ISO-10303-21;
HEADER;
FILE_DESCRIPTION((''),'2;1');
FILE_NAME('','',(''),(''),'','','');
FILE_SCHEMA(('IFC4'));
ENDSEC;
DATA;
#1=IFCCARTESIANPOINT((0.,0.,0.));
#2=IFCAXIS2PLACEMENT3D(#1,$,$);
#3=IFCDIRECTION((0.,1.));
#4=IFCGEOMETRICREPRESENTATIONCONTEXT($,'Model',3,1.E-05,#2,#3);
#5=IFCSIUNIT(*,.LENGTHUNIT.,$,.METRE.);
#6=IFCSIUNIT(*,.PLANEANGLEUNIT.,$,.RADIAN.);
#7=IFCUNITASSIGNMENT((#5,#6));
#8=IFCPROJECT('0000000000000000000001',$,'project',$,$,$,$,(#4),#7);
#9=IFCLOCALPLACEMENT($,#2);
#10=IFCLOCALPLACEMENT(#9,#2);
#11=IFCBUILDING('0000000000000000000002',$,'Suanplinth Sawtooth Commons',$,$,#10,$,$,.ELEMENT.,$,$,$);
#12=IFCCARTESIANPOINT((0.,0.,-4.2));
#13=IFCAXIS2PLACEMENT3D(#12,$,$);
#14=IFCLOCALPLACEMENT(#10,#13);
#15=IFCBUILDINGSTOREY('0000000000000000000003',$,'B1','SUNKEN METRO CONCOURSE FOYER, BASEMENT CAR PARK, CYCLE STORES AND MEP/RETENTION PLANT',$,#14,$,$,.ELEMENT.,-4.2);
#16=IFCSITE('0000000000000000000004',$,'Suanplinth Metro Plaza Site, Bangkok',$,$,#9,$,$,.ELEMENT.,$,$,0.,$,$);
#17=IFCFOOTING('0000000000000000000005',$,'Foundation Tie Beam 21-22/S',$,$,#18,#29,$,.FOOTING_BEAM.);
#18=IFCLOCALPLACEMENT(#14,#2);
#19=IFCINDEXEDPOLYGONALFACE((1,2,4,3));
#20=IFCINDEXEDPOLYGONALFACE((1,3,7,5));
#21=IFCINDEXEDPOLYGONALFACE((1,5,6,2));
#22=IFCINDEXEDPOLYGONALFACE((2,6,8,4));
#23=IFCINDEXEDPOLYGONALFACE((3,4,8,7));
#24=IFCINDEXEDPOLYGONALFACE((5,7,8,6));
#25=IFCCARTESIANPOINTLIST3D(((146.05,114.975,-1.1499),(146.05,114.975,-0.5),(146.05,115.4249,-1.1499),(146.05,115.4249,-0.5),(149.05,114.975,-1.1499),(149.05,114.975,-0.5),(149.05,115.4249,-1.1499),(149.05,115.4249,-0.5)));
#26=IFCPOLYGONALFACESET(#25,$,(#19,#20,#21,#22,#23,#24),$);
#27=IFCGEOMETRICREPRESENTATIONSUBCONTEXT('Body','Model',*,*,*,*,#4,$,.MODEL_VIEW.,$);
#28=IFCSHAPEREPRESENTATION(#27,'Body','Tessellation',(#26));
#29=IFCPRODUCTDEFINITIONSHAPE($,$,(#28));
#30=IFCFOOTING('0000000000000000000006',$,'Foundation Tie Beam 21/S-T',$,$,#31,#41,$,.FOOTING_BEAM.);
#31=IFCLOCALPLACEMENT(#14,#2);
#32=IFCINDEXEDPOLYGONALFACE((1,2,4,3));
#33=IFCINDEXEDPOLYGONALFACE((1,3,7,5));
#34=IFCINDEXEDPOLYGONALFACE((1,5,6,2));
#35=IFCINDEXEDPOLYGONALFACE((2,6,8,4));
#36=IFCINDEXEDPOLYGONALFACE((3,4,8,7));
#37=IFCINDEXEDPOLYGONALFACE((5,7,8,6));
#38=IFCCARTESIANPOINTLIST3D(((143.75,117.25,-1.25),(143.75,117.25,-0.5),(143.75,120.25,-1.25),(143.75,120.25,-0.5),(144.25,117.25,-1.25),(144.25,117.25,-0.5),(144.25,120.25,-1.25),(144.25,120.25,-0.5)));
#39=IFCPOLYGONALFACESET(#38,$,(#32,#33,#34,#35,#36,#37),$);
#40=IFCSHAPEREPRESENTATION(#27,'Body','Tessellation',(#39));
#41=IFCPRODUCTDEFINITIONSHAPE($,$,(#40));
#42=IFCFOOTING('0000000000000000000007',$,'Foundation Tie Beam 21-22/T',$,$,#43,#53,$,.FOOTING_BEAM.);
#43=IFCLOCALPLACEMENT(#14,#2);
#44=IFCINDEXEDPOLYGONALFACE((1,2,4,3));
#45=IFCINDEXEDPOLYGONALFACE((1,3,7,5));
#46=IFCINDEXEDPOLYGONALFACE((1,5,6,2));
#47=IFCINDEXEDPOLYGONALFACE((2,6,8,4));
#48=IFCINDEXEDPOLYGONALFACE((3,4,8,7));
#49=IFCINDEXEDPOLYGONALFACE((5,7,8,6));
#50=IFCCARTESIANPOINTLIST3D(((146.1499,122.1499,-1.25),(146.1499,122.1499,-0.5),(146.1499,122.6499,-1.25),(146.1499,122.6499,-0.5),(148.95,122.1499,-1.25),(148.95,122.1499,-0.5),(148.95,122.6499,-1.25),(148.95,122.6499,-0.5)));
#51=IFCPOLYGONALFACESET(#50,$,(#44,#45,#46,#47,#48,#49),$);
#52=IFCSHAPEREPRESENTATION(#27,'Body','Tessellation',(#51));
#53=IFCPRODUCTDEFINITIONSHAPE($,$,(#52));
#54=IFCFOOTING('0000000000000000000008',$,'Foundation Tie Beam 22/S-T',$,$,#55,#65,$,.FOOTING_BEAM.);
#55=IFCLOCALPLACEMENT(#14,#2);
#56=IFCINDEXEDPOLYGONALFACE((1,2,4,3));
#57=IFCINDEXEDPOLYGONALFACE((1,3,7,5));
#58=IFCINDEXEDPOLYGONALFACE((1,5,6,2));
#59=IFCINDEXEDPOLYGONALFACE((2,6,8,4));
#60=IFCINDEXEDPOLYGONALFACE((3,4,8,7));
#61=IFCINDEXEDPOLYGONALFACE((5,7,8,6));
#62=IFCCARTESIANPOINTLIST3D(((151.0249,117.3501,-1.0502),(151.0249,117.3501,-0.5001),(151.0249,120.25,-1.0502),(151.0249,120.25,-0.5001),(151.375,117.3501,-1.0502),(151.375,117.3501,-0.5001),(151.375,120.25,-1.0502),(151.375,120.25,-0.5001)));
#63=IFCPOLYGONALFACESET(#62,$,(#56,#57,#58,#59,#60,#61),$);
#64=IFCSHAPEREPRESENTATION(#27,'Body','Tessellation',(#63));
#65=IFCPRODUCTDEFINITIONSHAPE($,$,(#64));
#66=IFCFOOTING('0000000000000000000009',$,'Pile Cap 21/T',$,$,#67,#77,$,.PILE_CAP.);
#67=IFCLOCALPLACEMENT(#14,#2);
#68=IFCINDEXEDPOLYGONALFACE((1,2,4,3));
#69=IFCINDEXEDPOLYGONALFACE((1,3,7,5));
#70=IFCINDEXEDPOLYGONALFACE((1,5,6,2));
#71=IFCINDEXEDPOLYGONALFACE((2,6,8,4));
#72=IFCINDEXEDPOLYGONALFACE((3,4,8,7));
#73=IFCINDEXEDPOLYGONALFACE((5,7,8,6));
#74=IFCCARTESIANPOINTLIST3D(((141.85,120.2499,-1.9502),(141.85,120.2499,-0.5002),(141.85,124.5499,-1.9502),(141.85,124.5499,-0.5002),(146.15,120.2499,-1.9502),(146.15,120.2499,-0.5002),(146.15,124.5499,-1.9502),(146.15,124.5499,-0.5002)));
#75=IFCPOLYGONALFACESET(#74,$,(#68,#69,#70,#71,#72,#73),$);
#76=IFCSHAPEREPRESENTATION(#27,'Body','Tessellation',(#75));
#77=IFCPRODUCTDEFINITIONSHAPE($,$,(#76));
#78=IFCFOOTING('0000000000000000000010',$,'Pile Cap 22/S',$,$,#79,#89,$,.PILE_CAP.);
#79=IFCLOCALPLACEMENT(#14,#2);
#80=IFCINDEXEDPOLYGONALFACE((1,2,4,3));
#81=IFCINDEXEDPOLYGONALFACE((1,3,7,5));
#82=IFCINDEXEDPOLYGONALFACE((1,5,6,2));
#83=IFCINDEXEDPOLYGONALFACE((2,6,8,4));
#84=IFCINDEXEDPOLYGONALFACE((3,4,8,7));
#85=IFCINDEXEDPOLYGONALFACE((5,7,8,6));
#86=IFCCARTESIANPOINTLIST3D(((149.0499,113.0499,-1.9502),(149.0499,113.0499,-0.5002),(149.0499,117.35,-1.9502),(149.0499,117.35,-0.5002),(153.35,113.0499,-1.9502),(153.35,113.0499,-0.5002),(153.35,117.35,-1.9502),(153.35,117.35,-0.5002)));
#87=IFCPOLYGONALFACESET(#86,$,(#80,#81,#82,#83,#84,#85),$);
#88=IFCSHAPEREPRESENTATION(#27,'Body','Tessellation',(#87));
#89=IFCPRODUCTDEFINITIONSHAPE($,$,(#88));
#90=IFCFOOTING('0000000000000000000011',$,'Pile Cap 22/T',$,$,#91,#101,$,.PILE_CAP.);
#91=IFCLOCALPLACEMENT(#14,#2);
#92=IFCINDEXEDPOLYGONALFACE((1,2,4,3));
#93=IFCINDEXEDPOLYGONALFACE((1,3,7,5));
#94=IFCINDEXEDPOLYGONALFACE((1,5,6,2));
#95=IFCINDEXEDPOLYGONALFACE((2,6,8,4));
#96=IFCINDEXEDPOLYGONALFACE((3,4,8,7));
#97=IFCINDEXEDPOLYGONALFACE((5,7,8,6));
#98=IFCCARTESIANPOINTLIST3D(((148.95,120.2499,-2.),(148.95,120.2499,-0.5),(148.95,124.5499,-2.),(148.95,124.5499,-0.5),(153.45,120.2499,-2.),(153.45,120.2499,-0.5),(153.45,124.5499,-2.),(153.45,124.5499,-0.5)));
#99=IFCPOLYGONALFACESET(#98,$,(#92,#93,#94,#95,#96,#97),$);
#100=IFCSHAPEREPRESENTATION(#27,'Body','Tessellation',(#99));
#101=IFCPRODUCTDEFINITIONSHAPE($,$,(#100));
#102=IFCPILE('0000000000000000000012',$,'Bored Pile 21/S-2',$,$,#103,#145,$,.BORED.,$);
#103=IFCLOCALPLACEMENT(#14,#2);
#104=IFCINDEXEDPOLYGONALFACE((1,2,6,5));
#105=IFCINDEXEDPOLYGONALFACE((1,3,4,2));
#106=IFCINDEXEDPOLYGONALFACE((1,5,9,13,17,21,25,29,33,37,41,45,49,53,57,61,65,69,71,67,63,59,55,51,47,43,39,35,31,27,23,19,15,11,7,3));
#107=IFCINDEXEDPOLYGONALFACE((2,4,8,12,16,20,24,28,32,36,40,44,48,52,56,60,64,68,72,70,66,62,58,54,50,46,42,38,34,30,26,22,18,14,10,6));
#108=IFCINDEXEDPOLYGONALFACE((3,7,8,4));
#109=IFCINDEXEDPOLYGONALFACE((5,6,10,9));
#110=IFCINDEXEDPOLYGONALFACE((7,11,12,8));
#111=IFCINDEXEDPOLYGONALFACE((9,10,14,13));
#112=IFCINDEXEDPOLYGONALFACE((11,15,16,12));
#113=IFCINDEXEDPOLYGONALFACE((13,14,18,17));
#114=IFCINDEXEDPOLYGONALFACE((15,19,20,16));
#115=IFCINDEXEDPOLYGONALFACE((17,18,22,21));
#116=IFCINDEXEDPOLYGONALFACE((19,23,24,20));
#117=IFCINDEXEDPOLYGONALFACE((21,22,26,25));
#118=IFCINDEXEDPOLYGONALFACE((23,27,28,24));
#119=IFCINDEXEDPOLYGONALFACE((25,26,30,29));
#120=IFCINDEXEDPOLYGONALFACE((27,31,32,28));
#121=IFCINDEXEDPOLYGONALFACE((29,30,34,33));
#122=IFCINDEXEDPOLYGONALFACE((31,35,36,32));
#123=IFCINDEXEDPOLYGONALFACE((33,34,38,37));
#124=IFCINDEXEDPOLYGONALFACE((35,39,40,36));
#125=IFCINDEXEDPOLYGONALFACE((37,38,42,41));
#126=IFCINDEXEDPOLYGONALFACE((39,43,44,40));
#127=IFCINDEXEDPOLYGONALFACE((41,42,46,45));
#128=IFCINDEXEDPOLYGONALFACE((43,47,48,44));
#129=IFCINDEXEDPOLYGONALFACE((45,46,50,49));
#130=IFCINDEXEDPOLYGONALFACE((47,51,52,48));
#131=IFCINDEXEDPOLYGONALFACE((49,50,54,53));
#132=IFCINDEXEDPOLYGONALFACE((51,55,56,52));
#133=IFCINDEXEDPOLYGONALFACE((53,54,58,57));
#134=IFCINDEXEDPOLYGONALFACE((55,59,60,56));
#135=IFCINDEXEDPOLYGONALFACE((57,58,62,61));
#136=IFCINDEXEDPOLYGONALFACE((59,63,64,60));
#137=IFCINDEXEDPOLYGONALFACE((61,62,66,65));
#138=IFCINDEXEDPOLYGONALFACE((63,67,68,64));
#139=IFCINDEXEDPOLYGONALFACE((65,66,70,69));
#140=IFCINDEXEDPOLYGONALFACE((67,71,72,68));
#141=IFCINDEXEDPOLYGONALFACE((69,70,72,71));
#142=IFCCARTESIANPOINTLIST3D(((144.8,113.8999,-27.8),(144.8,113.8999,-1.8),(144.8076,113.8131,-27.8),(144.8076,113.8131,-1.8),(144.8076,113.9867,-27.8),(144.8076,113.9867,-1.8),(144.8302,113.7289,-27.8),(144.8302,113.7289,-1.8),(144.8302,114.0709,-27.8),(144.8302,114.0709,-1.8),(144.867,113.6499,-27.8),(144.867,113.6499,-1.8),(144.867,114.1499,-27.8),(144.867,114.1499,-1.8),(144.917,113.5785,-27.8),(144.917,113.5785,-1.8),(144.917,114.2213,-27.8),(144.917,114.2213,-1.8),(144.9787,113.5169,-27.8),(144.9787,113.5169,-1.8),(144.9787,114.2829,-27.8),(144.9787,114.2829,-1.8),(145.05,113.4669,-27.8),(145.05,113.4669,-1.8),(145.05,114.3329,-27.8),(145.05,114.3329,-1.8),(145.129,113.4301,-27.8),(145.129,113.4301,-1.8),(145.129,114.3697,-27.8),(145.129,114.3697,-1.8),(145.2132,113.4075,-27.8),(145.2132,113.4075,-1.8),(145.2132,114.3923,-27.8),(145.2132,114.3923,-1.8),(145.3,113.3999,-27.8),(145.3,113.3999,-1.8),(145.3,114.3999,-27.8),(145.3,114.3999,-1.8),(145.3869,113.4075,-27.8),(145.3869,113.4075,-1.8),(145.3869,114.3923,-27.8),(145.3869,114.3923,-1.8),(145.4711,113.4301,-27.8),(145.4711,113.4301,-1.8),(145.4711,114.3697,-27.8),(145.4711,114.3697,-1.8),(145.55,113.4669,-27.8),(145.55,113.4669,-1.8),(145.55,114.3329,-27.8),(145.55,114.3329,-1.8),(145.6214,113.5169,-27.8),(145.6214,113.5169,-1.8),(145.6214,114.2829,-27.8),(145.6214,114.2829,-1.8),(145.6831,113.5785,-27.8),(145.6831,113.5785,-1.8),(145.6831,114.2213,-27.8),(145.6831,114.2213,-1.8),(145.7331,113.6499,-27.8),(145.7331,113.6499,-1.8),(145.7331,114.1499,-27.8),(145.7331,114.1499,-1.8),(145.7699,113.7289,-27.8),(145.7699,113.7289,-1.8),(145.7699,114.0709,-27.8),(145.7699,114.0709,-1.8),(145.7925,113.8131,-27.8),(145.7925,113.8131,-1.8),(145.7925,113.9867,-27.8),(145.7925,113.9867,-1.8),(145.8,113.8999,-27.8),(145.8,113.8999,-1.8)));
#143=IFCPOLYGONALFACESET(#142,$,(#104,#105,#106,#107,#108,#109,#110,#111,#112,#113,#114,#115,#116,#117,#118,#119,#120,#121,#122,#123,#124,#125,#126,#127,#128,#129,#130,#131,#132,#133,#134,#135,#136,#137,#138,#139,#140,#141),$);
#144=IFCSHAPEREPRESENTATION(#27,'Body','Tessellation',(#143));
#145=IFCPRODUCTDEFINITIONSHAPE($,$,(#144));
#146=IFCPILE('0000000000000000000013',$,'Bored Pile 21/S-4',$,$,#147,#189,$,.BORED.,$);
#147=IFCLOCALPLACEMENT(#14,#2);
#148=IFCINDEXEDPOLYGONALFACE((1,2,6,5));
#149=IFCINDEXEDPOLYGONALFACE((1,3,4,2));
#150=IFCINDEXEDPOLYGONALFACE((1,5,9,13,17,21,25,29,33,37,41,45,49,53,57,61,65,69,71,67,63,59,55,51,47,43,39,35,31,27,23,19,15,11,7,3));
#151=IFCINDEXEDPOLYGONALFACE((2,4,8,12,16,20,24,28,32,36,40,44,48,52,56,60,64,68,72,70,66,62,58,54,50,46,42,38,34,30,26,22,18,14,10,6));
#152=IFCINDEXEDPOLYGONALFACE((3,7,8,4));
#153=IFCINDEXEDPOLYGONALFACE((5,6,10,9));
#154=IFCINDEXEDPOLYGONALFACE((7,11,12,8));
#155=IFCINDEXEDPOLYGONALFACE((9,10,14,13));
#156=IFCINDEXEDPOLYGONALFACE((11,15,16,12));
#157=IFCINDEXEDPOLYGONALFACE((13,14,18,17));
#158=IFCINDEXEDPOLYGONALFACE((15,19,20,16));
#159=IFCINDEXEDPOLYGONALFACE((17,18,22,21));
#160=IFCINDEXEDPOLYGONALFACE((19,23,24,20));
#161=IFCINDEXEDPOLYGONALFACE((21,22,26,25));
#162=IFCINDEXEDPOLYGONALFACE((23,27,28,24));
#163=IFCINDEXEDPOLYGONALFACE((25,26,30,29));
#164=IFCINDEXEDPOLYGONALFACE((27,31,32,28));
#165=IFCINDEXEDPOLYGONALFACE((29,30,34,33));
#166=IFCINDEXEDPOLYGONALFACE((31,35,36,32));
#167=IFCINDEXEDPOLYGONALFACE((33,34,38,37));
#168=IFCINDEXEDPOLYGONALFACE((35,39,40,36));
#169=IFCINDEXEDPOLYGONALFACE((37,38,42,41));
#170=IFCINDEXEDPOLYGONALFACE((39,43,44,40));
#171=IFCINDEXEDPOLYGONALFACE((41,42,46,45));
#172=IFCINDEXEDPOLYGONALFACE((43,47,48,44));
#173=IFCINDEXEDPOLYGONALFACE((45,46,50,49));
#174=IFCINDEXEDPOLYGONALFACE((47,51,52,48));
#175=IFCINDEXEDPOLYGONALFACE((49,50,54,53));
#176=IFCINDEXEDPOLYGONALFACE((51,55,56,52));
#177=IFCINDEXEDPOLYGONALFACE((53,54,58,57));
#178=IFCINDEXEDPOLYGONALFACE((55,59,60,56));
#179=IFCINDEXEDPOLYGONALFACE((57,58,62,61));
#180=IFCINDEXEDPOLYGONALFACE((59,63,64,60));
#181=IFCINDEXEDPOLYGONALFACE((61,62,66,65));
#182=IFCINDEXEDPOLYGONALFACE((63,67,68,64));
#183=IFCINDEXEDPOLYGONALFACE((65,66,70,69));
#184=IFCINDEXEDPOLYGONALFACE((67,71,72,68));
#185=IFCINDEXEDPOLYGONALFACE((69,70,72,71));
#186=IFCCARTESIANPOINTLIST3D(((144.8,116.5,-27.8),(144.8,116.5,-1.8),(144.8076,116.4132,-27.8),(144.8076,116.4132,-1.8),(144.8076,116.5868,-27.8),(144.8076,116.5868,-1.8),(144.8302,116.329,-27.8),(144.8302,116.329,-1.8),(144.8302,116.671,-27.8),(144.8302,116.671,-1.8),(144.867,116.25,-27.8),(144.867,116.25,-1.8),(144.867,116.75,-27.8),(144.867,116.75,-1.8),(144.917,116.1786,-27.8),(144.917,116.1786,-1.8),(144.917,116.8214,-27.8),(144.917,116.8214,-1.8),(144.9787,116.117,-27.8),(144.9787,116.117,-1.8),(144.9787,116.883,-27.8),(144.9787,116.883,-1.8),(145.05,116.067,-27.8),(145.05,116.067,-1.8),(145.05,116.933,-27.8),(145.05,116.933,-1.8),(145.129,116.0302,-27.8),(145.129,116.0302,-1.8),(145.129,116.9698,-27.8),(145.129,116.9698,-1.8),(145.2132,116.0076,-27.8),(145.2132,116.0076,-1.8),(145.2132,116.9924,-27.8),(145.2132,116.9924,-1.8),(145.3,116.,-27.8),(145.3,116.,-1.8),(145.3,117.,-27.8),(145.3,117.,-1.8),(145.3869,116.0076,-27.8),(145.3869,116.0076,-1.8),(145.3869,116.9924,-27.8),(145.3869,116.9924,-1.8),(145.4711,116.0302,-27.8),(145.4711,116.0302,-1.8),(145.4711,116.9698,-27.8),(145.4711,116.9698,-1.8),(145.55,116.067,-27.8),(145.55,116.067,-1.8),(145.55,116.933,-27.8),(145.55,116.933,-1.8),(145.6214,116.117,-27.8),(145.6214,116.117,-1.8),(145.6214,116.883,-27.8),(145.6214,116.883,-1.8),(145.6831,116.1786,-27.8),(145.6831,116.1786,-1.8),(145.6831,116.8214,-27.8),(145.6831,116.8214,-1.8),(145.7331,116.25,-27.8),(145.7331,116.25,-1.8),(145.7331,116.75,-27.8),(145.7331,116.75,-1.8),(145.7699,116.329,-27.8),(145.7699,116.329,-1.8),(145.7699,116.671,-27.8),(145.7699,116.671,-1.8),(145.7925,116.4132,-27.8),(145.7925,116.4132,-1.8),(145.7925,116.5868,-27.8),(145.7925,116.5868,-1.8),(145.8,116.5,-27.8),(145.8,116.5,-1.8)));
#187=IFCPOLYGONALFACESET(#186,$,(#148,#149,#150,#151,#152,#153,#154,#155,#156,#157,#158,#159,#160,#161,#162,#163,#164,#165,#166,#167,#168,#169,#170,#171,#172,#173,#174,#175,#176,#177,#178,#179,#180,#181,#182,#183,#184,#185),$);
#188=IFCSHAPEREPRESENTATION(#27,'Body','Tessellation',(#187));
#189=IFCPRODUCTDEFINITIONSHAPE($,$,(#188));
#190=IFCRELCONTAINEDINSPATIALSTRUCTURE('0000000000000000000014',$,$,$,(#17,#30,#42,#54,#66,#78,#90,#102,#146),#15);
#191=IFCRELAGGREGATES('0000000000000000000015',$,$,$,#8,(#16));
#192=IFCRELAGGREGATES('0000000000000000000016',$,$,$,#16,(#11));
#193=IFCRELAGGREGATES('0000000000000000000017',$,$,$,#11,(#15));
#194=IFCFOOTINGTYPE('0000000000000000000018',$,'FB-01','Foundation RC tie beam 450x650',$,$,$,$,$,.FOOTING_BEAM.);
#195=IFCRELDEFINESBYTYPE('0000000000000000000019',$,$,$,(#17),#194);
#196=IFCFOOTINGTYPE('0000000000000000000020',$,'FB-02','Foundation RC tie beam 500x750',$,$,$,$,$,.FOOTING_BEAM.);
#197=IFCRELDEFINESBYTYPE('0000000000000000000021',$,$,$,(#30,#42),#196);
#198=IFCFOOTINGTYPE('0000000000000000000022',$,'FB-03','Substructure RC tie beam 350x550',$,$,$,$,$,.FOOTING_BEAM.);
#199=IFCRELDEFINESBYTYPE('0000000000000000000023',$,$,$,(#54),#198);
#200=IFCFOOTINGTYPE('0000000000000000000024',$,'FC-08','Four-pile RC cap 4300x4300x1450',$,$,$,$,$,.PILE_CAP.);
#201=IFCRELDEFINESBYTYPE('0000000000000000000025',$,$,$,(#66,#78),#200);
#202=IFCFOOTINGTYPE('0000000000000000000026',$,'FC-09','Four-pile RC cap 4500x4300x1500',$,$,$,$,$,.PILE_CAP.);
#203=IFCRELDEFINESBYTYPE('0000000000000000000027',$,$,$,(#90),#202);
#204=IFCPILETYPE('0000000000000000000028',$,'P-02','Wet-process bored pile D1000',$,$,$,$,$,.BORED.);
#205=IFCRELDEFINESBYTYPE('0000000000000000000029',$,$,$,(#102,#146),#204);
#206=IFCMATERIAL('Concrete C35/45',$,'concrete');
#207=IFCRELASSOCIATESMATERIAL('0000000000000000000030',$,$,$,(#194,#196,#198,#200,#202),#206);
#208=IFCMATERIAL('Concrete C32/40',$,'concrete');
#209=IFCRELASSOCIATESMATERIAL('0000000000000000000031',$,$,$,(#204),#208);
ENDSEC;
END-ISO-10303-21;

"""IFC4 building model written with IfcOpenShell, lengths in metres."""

from ifc_helpers import new_model, si_unit, direction, frame, origin, origin_2d, place, context, subcontext, project, spatial, rectangle, circle, extrude, material, material_profile, profile_set, type_object, element, save


model = new_model("IFC4")

# Units and contexts
model_context = context("Model", 3, precision=1e-05, world=origin(), true_north=direction((0.0, 1.0)))
body_context = subcontext(model_context, "Body", "Model", "MODEL_VIEW")
ifc_project = project(units=[si_unit("LENGTHUNIT", "METRE"), si_unit("PLANEANGLEUNIT", "RADIAN")], contexts=[model_context])

# Site, building, storey
site_placement = place(None, origin())
site = spatial("IfcSite", under=ifc_project, at=site_placement, Name="Suanplinth Metro Plaza Site, Bangkok", CompositionType="ELEMENT", RefElevation=0.0)
building_placement = place(site_placement, origin())
building = spatial("IfcBuilding", under=site, at=building_placement, Name="Suanplinth Sawtooth Commons", CompositionType="ELEMENT")
storey_placement = place(building_placement, frame((0.0, 0.0, -4.2)))
storey = spatial("IfcBuildingStorey", under=building, at=storey_placement, Name="B1", Description="SUNKEN METRO CONCOURSE FOYER, BASEMENT CAR PARK, CYCLE STORES AND MEP/RETENTION PLANT", CompositionType="ELEMENT", Elevation=-4.2)

# Footings
ifc_material_1 = material(Name="Concrete C35/45", Category="concrete")
ifc_material_profile_1 = material_profile(ifc_material_1, rectangle(XDim=0.45, YDim=0.6499, at=origin_2d()), Name="PC-GDR 450x650")
ifc_profile_set_1 = profile_set([ifc_material_profile_1], Name="Concrete C35/45")
footing_type_1 = type_object("IfcFootingType", Name="FB-01", Description="Foundation RC tie beam 450x650", PredefinedType="FOOTING_BEAM", material=ifc_profile_set_1)
footing_1_placement = place(storey_placement, frame((146.05, 115.2, -0.825), z_axis=(1.0, 0.0, 0.0), x_axis=(0.0, 1.0, 0.0)))
element("IfcFooting", 1, at=footing_1_placement, inside=storey, type_object=footing_type_1, Name="Foundation Tie Beam 21-22/S", PredefinedType="FOOTING_BEAM", context=body_context, shape_type="SweptSolid", body=[
    extrude(rectangle(XDim=0.45, YDim=0.6499, at=origin_2d()), origin(), (0.0, 0.0, 1.0), 3.0),
])
ifc_material_profile_2 = material_profile(ifc_material_1, rectangle(XDim=0.5, YDim=0.75, at=origin_2d()), Name="RC-GDR 500x750")
ifc_profile_set_2 = profile_set([ifc_material_profile_2], Name="Concrete C35/45")
footing_type_2 = type_object("IfcFootingType", Name="FB-02", Description="Foundation RC tie beam 500x750", PredefinedType="FOOTING_BEAM", material=ifc_profile_set_2)
footing_2_placement = place(storey_placement, frame((144.0, 117.25, -0.875), z_axis=(0.0, 1.0, 0.0), x_axis=(-1.0, 0.0, 0.0)))
element("IfcFooting", 2, at=footing_2_placement, inside=storey, type_object=footing_type_2, Name="Foundation Tie Beam 21/S-T", PredefinedType="FOOTING_BEAM", context=body_context, shape_type="SweptSolid", body=[
    extrude(rectangle(XDim=0.5, YDim=0.75, at=origin_2d()), origin(), (0.0, 0.0, 1.0), 3.0),
])
footing_3_placement = place(storey_placement, frame((146.1499, 122.3999, -0.875), z_axis=(1.0, 0.0, 0.0), x_axis=(0.0, 1.0, 0.0)))
element("IfcFooting", 3, at=footing_3_placement, inside=storey, type_object=footing_type_2, Name="Foundation Tie Beam 21-22/T", PredefinedType="FOOTING_BEAM", context=body_context, shape_type="SweptSolid", body=[
    extrude(rectangle(XDim=0.5, YDim=0.75, at=origin_2d()), origin(), (0.0, 0.0, 1.0), 2.8),
])
ifc_material_profile_3 = material_profile(ifc_material_1, rectangle(XDim=0.3501, YDim=0.55, at=origin_2d()), Name="PC-BM 350x550")
ifc_profile_set_3 = profile_set([ifc_material_profile_3], Name="Concrete C35/45")
footing_type_3 = type_object("IfcFootingType", Name="FB-03", Description="Substructure RC tie beam 350x550", PredefinedType="FOOTING_BEAM", material=ifc_profile_set_3)
footing_4_placement = place(storey_placement, frame((151.2, 117.3501, -0.7751), z_axis=(0.0, 1.0, 0.0), x_axis=(-1.0, 0.0, 0.0)))
element("IfcFooting", 4, at=footing_4_placement, inside=storey, type_object=footing_type_3, Name="Foundation Tie Beam 22/S-T", PredefinedType="FOOTING_BEAM", context=body_context, shape_type="SweptSolid", body=[
    extrude(rectangle(XDim=0.3501, YDim=0.55, at=origin_2d()), origin(), (0.0, 0.0, 1.0), 2.8999),
])
footing_type_4 = type_object("IfcFootingType", Name="FC-08", Description="Four-pile RC cap 4300x4300x1450", PredefinedType="PILE_CAP", material=ifc_material_1)
for number, where, z_axis, x_axis, name in (
    (5, (144.0, 122.3999, -1.9502), (0.0, 0.0, 1.0), (1.0, 0.0, 0.0), "Pile Cap 21/T"),
    (6, (151.2, 115.2, -1.9502), (0.0, 0.0, 1.0), (1.0, 0.0, 0.0), "Pile Cap 22/S"),
):
    element("IfcFooting", number, at=place(storey_placement, frame(where, z_axis=z_axis, x_axis=x_axis)), inside=storey, type_object=footing_type_4, Name=name, PredefinedType="PILE_CAP", context=body_context, shape_type="SweptSolid", body=[
        extrude(rectangle(XDim=4.3, YDim=4.3, at=origin_2d()), origin(), (0.0, 0.0, 1.0), 1.45),
    ])
footing_type_5 = type_object("IfcFootingType", Name="FC-09", Description="Four-pile RC cap 4500x4300x1500", PredefinedType="PILE_CAP", material=ifc_material_1)
footing_5_placement = place(storey_placement, frame((151.2, 122.3999, -2.0), z_axis=(0.0, 0.0, 1.0), x_axis=(1.0, 0.0, 0.0)))
element("IfcFooting", 7, at=footing_5_placement, inside=storey, type_object=footing_type_5, Name="Pile Cap 22/T", PredefinedType="PILE_CAP", context=body_context, shape_type="SweptSolid", body=[
    extrude(rectangle(XDim=4.5, YDim=4.3, at=origin_2d()), origin(), (0.0, 0.0, 1.0), 1.5),
])

# Piles
ifc_material_2 = material(Name="Concrete C32/40", Category="concrete")
ifc_material_profile_4 = material_profile(ifc_material_2, circle(Radius=0.5, at=origin_2d()), Name="PILE D1000")
ifc_profile_set_4 = profile_set([ifc_material_profile_4], Name="Concrete C32/40")
pile_type = type_object("IfcPileType", Name="P-02", Description="Wet-process bored pile D1000", PredefinedType="BORED", material=ifc_profile_set_4)
for number, where, z_axis, x_axis, name in (
    (8, (145.3, 113.8999, -1.8), (0.0, 0.0, -1.0), (1.0, 0.0, 0.0), "Bored Pile 21/S-2"),
    (9, (145.3, 116.5, -1.8), (0.0, 0.0, -1.0), (1.0, 0.0, 0.0), "Bored Pile 21/S-4"),
):
    element("IfcPile", number, at=place(storey_placement, frame(where, z_axis=z_axis, x_axis=x_axis)), inside=storey, type_object=pile_type, Name=name, PredefinedType="BORED", context=body_context, shape_type="SweptSolid", body=[
        extrude(circle(Radius=0.5, at=origin_2d()), origin(), (0.0, 0.0, 1.0), 26.0),
    ])

save(model, "model.ifc")
